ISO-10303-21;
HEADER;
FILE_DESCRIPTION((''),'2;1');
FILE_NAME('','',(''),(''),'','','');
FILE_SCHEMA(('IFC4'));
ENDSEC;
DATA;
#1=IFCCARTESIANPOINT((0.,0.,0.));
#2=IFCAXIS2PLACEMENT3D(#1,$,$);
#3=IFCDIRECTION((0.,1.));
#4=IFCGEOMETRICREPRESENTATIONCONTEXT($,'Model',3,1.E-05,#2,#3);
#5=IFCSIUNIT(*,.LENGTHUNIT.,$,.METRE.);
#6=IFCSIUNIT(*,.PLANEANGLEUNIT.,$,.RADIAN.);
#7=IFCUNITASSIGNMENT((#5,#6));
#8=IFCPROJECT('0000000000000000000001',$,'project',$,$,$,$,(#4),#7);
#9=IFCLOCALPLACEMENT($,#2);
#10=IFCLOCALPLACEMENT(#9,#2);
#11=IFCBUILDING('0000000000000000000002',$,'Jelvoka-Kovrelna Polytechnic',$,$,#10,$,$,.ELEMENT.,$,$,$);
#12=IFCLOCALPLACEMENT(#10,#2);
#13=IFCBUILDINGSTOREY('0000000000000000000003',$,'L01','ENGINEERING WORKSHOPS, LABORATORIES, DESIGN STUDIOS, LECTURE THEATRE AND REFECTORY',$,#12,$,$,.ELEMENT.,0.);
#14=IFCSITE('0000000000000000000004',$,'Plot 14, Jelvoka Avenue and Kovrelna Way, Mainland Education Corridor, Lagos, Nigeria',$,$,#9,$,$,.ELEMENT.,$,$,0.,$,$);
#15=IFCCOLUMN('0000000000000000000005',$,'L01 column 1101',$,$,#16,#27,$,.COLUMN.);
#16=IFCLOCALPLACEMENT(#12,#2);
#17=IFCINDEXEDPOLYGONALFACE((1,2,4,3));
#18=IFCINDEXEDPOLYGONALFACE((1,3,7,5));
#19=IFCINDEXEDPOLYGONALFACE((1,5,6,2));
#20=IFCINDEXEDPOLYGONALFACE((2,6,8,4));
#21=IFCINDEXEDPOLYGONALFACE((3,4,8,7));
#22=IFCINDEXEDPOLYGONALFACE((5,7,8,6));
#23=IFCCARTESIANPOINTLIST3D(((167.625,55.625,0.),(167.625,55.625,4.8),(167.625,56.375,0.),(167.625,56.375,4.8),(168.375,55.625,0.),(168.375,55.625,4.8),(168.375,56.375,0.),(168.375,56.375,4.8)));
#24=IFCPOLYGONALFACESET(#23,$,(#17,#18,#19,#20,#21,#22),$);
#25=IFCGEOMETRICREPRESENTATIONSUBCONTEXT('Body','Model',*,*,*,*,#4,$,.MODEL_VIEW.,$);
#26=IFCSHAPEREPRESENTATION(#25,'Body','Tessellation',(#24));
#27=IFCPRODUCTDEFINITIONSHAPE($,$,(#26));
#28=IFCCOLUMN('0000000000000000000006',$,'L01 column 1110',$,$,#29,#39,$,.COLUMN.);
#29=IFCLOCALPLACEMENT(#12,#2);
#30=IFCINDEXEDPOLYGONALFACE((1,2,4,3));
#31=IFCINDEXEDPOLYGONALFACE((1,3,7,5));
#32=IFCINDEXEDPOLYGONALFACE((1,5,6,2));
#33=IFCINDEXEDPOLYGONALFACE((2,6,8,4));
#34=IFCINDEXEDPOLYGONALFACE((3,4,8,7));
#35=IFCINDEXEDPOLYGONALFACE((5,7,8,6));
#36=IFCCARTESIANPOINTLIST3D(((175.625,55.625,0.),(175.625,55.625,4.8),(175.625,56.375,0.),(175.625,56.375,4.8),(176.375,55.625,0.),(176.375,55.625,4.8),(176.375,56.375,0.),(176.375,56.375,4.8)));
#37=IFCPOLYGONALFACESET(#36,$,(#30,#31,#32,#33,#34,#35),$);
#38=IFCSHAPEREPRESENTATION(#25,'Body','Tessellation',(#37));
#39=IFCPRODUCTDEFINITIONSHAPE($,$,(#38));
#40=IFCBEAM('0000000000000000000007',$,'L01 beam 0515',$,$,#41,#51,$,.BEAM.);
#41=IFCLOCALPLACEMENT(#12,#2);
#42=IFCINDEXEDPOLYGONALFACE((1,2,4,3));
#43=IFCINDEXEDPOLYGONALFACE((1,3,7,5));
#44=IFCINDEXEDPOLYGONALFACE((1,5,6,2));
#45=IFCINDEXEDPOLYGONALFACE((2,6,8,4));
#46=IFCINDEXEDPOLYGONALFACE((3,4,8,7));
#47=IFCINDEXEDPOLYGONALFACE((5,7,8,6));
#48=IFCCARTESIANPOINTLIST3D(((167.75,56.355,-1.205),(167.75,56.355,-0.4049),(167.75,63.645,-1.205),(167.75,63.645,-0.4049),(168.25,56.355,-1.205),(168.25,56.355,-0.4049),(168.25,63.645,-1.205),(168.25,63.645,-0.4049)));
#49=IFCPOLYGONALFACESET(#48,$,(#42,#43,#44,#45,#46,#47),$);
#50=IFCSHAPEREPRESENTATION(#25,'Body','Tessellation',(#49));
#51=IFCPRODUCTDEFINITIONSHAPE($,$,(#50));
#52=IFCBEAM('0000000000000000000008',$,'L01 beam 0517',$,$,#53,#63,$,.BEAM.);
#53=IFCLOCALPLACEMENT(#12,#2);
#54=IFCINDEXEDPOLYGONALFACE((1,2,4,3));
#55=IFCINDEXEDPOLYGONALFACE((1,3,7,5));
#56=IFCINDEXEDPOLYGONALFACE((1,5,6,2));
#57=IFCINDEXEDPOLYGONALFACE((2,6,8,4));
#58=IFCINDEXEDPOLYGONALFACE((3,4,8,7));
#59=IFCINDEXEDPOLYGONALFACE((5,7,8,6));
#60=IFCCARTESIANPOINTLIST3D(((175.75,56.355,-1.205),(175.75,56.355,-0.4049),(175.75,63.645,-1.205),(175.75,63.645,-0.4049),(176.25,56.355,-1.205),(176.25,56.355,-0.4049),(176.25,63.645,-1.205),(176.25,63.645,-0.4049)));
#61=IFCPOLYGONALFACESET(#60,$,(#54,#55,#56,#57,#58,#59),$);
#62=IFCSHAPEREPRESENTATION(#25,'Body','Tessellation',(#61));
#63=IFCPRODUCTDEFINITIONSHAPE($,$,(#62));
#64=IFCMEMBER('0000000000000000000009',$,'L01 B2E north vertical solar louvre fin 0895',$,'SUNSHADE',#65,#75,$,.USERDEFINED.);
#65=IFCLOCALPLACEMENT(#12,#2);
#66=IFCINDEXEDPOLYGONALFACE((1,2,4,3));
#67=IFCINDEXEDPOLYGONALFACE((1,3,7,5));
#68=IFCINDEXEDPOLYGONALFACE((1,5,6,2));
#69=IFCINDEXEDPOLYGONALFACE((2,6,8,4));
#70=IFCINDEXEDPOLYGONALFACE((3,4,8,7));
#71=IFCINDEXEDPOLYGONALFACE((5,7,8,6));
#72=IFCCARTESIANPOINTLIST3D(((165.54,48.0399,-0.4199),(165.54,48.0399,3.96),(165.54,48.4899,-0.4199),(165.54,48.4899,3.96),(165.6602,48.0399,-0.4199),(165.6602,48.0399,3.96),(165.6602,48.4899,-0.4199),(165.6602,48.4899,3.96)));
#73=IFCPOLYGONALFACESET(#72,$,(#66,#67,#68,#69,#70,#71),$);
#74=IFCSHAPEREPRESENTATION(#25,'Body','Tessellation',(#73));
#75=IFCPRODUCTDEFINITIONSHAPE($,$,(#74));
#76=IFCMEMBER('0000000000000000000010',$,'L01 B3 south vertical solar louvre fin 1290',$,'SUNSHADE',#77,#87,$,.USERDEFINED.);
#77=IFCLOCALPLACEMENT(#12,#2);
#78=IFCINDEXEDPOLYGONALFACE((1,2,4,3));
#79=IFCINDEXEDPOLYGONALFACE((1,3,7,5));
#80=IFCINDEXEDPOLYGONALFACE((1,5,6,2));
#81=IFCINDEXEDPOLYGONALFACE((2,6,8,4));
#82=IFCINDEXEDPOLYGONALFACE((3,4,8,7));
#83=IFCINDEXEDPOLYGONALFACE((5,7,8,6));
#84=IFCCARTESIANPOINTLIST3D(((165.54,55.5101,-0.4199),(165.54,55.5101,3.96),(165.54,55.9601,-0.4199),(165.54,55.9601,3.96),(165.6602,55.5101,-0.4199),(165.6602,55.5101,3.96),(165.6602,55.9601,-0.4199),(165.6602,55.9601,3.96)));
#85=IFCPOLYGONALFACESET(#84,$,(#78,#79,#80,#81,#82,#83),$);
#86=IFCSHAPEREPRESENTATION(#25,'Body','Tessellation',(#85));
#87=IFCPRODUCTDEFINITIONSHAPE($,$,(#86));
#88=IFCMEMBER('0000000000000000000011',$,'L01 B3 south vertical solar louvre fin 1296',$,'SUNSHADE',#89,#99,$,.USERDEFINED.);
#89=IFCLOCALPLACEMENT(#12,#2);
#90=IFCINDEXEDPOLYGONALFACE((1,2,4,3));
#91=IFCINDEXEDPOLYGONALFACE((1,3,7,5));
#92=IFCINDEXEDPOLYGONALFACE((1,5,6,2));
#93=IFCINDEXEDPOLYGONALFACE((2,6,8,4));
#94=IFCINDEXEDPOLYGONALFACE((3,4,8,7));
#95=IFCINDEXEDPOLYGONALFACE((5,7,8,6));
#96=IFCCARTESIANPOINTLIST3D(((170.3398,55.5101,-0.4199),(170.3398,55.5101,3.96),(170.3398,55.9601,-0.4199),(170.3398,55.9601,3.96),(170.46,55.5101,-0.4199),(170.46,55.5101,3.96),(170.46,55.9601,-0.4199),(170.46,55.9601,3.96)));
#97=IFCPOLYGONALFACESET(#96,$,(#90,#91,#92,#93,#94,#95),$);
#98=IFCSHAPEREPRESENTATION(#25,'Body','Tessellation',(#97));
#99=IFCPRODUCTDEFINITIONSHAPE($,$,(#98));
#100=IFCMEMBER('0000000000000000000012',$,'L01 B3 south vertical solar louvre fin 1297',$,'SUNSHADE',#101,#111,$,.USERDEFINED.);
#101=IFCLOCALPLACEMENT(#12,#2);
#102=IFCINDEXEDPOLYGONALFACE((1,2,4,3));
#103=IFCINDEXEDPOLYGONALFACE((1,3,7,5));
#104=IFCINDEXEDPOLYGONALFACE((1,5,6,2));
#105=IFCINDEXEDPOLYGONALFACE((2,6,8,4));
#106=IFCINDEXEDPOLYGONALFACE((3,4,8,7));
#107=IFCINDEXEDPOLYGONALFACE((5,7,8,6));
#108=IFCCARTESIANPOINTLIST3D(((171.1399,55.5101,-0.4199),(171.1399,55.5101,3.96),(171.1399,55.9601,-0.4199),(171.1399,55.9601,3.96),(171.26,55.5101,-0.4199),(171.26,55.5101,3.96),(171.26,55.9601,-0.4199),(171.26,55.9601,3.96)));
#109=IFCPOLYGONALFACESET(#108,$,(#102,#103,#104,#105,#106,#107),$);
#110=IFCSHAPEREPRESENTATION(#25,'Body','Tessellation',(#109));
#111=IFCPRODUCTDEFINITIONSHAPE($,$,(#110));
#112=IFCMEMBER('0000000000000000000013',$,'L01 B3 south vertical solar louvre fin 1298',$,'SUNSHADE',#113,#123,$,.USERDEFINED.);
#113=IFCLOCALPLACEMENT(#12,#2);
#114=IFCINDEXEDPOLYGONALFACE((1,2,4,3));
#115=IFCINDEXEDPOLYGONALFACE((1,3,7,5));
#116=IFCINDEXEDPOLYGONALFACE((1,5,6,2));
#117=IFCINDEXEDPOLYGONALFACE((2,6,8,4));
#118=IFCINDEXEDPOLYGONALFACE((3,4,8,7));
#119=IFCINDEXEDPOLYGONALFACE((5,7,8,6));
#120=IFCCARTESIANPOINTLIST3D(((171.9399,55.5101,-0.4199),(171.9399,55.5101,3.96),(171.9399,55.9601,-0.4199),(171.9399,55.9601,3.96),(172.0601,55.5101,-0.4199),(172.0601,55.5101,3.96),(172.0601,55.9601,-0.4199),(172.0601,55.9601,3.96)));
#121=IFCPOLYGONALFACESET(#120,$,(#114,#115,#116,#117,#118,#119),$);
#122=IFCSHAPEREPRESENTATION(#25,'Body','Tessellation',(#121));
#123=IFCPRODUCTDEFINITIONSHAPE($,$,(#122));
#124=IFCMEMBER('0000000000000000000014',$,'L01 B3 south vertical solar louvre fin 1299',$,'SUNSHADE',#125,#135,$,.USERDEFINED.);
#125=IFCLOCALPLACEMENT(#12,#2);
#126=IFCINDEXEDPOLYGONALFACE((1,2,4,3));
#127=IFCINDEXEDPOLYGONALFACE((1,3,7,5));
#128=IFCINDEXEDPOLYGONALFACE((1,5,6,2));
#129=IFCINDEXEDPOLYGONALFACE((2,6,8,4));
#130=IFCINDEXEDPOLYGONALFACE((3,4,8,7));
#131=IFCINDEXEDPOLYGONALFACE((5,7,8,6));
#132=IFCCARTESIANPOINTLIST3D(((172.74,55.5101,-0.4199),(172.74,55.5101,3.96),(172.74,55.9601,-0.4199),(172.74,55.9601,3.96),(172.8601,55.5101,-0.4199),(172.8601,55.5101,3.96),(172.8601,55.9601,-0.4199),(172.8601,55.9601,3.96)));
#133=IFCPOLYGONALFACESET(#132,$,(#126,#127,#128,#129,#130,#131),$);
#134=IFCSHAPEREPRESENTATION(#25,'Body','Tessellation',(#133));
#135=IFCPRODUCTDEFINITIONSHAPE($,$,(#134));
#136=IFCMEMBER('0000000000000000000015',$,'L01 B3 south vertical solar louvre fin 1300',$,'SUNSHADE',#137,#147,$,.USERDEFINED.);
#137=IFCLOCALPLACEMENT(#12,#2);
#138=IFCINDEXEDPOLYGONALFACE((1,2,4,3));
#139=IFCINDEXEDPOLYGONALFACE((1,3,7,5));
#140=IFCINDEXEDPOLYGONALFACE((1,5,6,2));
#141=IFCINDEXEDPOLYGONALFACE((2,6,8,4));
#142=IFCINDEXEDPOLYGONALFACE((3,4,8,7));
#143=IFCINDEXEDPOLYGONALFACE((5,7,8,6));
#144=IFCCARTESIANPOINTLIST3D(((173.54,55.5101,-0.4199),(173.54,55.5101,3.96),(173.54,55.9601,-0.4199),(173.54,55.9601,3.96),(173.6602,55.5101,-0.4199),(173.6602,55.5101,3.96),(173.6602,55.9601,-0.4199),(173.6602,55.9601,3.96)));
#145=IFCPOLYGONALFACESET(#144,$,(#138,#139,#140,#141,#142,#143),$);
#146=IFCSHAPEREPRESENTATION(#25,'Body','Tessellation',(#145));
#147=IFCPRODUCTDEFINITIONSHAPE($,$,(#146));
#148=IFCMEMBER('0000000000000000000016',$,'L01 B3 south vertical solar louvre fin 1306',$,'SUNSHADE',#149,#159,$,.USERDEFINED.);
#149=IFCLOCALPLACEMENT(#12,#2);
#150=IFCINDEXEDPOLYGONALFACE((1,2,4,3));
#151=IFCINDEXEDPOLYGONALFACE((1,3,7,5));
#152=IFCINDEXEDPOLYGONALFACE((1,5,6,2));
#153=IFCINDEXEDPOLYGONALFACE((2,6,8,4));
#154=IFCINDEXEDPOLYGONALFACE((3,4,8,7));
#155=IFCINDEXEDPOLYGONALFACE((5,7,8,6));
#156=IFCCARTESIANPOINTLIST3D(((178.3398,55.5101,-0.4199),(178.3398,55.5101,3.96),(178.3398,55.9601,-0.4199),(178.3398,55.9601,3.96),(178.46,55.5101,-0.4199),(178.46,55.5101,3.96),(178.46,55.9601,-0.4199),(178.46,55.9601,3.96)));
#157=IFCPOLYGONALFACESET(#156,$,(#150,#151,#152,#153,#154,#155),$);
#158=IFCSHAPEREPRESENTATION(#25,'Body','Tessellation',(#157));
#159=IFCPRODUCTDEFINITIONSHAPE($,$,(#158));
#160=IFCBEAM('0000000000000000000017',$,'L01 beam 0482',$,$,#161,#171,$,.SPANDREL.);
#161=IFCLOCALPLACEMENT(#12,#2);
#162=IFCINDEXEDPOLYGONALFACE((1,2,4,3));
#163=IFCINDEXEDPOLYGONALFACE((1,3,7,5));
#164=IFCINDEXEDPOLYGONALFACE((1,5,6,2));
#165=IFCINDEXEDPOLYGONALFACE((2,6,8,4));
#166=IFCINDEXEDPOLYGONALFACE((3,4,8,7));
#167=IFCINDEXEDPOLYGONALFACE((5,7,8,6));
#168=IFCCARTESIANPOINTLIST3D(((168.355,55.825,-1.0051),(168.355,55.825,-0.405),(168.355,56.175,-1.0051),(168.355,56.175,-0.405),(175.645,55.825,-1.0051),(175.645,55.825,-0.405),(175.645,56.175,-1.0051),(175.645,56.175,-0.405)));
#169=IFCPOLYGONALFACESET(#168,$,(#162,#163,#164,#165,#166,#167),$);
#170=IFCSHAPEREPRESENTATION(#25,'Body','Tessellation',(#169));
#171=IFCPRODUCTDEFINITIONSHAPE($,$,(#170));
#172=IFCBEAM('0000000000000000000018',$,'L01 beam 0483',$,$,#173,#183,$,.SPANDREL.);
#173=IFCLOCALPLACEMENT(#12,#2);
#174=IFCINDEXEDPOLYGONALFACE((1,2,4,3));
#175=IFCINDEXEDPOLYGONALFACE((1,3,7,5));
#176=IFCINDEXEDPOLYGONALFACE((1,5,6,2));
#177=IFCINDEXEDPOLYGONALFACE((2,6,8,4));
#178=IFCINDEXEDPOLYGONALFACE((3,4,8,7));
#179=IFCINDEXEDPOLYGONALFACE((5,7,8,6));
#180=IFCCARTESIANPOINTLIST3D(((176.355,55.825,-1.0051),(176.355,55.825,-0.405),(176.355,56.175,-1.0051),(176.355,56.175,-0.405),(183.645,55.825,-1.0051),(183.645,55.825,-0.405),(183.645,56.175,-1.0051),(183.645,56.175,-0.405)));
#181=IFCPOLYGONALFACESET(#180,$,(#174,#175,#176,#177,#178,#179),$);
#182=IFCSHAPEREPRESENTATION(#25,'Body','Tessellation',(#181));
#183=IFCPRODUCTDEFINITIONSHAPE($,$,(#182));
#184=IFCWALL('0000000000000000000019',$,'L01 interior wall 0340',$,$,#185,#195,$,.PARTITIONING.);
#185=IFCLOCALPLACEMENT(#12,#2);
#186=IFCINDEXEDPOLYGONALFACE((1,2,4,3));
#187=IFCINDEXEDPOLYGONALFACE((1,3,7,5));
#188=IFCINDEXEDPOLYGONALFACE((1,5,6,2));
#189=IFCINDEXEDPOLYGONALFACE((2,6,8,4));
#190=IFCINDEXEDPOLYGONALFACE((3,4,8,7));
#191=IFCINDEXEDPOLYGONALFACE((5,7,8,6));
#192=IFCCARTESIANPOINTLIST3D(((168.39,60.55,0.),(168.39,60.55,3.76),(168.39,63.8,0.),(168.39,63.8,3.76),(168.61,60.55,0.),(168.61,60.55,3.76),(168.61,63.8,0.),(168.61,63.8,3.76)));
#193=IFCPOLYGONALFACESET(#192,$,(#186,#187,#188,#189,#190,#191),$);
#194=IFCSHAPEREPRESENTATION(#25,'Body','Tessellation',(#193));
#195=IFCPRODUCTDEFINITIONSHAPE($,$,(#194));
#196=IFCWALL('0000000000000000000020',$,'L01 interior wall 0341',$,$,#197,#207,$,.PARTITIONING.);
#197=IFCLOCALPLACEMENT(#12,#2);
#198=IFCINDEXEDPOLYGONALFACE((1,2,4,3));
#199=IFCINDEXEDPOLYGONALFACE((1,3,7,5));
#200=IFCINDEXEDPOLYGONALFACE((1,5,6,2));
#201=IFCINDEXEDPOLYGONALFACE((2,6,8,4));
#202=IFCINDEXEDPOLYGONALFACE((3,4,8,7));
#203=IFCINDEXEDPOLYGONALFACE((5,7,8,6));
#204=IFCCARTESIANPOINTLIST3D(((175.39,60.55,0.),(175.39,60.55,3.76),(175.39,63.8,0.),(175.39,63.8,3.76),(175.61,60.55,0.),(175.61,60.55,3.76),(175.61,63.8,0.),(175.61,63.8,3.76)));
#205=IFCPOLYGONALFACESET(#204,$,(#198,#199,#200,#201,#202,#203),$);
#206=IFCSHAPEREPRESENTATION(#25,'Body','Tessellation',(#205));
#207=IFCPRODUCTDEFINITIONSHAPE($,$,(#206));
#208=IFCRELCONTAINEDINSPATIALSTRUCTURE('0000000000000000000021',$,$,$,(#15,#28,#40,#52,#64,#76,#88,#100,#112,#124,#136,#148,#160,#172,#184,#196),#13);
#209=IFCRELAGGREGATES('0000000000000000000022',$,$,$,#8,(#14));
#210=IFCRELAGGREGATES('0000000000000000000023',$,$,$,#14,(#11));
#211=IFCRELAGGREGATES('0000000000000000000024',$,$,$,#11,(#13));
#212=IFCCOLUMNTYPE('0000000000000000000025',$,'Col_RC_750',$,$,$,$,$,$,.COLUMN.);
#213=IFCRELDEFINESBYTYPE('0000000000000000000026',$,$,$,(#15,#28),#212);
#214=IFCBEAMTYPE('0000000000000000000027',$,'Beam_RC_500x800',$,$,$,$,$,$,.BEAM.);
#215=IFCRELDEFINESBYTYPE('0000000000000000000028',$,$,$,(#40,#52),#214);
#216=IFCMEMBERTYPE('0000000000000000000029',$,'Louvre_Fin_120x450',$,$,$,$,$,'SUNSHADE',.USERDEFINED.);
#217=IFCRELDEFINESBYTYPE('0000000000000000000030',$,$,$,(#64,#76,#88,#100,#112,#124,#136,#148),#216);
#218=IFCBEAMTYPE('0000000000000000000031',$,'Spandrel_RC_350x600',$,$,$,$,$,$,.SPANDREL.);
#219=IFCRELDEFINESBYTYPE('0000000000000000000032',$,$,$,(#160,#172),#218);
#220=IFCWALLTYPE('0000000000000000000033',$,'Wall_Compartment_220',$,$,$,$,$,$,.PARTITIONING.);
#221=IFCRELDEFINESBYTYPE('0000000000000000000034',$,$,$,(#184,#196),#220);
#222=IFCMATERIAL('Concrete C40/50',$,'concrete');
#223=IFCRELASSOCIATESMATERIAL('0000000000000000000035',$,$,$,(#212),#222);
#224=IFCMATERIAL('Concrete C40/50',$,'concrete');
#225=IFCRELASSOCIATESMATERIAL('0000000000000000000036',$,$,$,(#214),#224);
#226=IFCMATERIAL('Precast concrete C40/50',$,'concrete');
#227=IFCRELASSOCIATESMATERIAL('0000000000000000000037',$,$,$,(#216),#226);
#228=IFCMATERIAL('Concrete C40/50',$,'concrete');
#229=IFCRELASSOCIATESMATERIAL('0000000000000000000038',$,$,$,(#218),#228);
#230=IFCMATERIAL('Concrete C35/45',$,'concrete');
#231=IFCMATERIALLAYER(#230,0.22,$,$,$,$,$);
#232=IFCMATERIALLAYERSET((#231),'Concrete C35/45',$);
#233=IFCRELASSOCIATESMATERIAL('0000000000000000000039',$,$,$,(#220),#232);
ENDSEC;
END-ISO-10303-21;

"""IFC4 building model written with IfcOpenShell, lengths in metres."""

from ifc_helpers import new_model, si_unit, direction, frame, frame_2d, origin, origin_2d, place, context, subcontext, project, spatial, rectangle, extrude, material, layer, layer_set, material_profile, profile_set, type_object, element, save


model = new_model("IFC4")

# Units and contexts
model_context = context("Model", 3, precision=1e-05, world=origin(), true_north=direction((0.0, 1.0)))
body_context = subcontext(model_context, "Body", "Model", "MODEL_VIEW")
ifc_project = project(units=[si_unit("LENGTHUNIT", "METRE"), si_unit("PLANEANGLEUNIT", "RADIAN")], contexts=[model_context])

# Site, building, storey
site_placement = place(None, origin())
site = spatial("IfcSite", under=ifc_project, at=site_placement, Name="Plot 14, Jelvoka Avenue and Kovrelna Way, Mainland Education Corridor, Lagos, Nigeria", CompositionType="ELEMENT", RefElevation=0.0)
building_placement = place(site_placement, origin())
building = spatial("IfcBuilding", under=site, at=building_placement, Name="Jelvoka-Kovrelna Polytechnic", CompositionType="ELEMENT")
storey_placement = place(building_placement, origin())
storey = spatial("IfcBuildingStorey", under=building, at=storey_placement, Name="L01", Description="ENGINEERING WORKSHOPS, LABORATORIES, DESIGN STUDIOS, LECTURE THEATRE AND REFECTORY", CompositionType="ELEMENT", Elevation=0.0)

# Columns
ifc_material_1 = material(Name="Concrete C40/50", Category="concrete")
ifc_material_profile_1 = material_profile(ifc_material_1, rectangle(XDim=0.75, YDim=0.75, at=origin_2d()), Name="RC 750x750")
ifc_profile_set_1 = profile_set([ifc_material_profile_1], Name="Concrete C40/50")
column_type = type_object("IfcColumnType", Name="Col_RC_750", PredefinedType="COLUMN", material=ifc_profile_set_1)
for number, where, z_axis, x_axis, name in (
    (1, (168.0, 56.0, 0.0), (0.0, 0.0, 1.0), (1.0, 0.0, 0.0), "L01 column 1101"),
    (2, (176.0, 56.0, 0.0), (0.0, 0.0, 1.0), (1.0, 0.0, 0.0), "L01 column 1110"),
):
    element("IfcColumn", number, at=place(storey_placement, frame(where, z_axis=z_axis, x_axis=x_axis)), inside=storey, type_object=column_type, Name=name, PredefinedType="COLUMN", context=body_context, shape_type="SweptSolid", body=[
        extrude(rectangle(XDim=0.75, YDim=0.75, at=origin_2d()), origin(), (0.0, 0.0, 1.0), 4.8),
    ])

# Beams
ifc_material_2 = material(Name="Concrete C40/50", Category="concrete")
ifc_material_profile_2 = material_profile(ifc_material_2, rectangle(XDim=0.5, YDim=0.8, at=origin_2d()), Name="RC 500x800")
ifc_profile_set_2 = profile_set([ifc_material_profile_2], Name="Concrete C40/50")
beam_type_1 = type_object("IfcBeamType", Name="Beam_RC_500x800", PredefinedType="BEAM", material=ifc_profile_set_2)
for number, where, z_axis, x_axis, name in (
    (3, (168.0, 56.355, -0.8049), (0.0, 1.0, 0.0), (-1.0, 0.0, 0.0), "L01 beam 0515"),
    (4, (176.0, 56.355, -0.8049), (0.0, 1.0, 0.0), (-1.0, 0.0, 0.0), "L01 beam 0517"),
):
    element("IfcBeam", number, at=place(storey_placement, frame(where, z_axis=z_axis, x_axis=x_axis)), inside=storey, type_object=beam_type_1, Name=name, PredefinedType="BEAM", context=body_context, shape_type="SweptSolid", body=[
        extrude(rectangle(XDim=0.5, YDim=0.8, at=origin_2d()), origin(), (0.0, 0.0, 1.0), 7.29),
    ])

# Members
ifc_material_3 = material(Name="Precast concrete C40/50", Category="concrete")
ifc_material_profile_3 = material_profile(ifc_material_3, rectangle(XDim=0.1201, YDim=0.45, at=origin_2d()), Name="PC 120x450")
ifc_profile_set_3 = profile_set([ifc_material_profile_3], Name="Precast concrete C40/50")
member_type = type_object("IfcMemberType", Name="Louvre_Fin_120x450", ElementType="SUNSHADE", PredefinedType="USERDEFINED", material=ifc_profile_set_3)
for number, where, z_axis, x_axis, name in (
    (5, (165.6001, 48.2649, -0.4199), (0.0, 0.0, 1.0), (1.0, 0.0, 0.0), "L01 B2E north vertical solar louvre fin 0895"),
    (6, (165.6001, 55.7351, -0.4199), (0.0, 0.0, 1.0), (1.0, 0.0, 0.0), "L01 B3 south vertical solar louvre fin 1290"),
    (7, (170.3999, 55.7351, -0.4199), (0.0, 0.0, 1.0), (1.0, 0.0, 0.0), "L01 B3 south vertical solar louvre fin 1296"),
    (8, (171.2, 55.7351, -0.4199), (0.0, 0.0, 1.0), (1.0, 0.0, 0.0), "L01 B3 south vertical solar louvre fin 1297"),
    (9, (172.0, 55.7351, -0.4199), (0.0, 0.0, 1.0), (1.0, 0.0, 0.0), "L01 B3 south vertical solar louvre fin 1298"),
    (10, (172.8, 55.7351, -0.4199), (0.0, 0.0, 1.0), (1.0, 0.0, 0.0), "L01 B3 south vertical solar louvre fin 1299"),
    (11, (173.6001, 55.7351, -0.4199), (0.0, 0.0, 1.0), (1.0, 0.0, 0.0), "L01 B3 south vertical solar louvre fin 1300"),
    (12, (178.3999, 55.7351, -0.4199), (0.0, 0.0, 1.0), (1.0, 0.0, 0.0), "L01 B3 south vertical solar louvre fin 1306"),
):
    element("IfcMember", number, at=place(storey_placement, frame(where, z_axis=z_axis, x_axis=x_axis)), inside=storey, type_object=member_type, Name=name, ObjectType="SUNSHADE", PredefinedType="USERDEFINED", context=body_context, shape_type="SweptSolid", body=[
        extrude(rectangle(XDim=0.1201, YDim=0.45, at=origin_2d()), origin(), (0.0, 0.0, 1.0), 4.3799),
    ])

# Beams
ifc_material_4 = material(Name="Concrete C40/50", Category="concrete")
ifc_material_profile_4 = material_profile(ifc_material_4, rectangle(XDim=0.3501, YDim=0.6001, at=origin_2d()), Name="RC 350x600")
ifc_profile_set_4 = profile_set([ifc_material_profile_4], Name="Concrete C40/50")
beam_type_2 = type_object("IfcBeamType", Name="Spandrel_RC_350x600", PredefinedType="SPANDREL", material=ifc_profile_set_4)
for number, where, z_axis, x_axis, name in (
    (13, (168.355, 56.0, -0.7051), (1.0, 0.0, 0.0), (0.0, 1.0, 0.0), "L01 beam 0482"),
    (14, (176.355, 56.0, -0.7051), (1.0, 0.0, 0.0), (0.0, 1.0, 0.0), "L01 beam 0483"),
):
    element("IfcBeam", number, at=place(storey_placement, frame(where, z_axis=z_axis, x_axis=x_axis)), inside=storey, type_object=beam_type_2, Name=name, PredefinedType="SPANDREL", context=body_context, shape_type="SweptSolid", body=[
        extrude(rectangle(XDim=0.3501, YDim=0.6001, at=origin_2d()), origin(), (0.0, 0.0, 1.0), 7.29),
    ])

# Walls
ifc_material_5 = material(Name="Concrete C35/45", Category="concrete")
ifc_layer_1 = layer(ifc_material_5, 0.22)
ifc_layer_set_1 = layer_set([ifc_layer_1], Name="Concrete C35/45")
wall_type_1 = type_object("IfcWallType", Name="Wall_Compartment_220", PredefinedType="PARTITIONING", material=ifc_layer_set_1)
for number, where, z_axis, x_axis, name in (
    (15, (168.5, 60.55, 0.0), (0.0, 0.0, 1.0), (0.0, 1.0, 0.0), "L01 interior wall 0340"),
    (16, (175.5, 60.55, 0.0), (0.0, 0.0, 1.0), (0.0, 1.0, 0.0), "L01 interior wall 0341"),
):
    element("IfcWall", number, at=place(storey_placement, frame(where, z_axis=z_axis, x_axis=x_axis)), inside=storey, type_object=wall_type_1, Name=name, PredefinedType="PARTITIONING", context=body_context, shape_type="SweptSolid", body=[
        extrude(rectangle(XDim=3.25, YDim=0.22, at=frame_2d((1.625, 0.0))), origin(), (0.0, 0.0, 1.0), 3.76),
    ])

save(model, "model.ifc")
